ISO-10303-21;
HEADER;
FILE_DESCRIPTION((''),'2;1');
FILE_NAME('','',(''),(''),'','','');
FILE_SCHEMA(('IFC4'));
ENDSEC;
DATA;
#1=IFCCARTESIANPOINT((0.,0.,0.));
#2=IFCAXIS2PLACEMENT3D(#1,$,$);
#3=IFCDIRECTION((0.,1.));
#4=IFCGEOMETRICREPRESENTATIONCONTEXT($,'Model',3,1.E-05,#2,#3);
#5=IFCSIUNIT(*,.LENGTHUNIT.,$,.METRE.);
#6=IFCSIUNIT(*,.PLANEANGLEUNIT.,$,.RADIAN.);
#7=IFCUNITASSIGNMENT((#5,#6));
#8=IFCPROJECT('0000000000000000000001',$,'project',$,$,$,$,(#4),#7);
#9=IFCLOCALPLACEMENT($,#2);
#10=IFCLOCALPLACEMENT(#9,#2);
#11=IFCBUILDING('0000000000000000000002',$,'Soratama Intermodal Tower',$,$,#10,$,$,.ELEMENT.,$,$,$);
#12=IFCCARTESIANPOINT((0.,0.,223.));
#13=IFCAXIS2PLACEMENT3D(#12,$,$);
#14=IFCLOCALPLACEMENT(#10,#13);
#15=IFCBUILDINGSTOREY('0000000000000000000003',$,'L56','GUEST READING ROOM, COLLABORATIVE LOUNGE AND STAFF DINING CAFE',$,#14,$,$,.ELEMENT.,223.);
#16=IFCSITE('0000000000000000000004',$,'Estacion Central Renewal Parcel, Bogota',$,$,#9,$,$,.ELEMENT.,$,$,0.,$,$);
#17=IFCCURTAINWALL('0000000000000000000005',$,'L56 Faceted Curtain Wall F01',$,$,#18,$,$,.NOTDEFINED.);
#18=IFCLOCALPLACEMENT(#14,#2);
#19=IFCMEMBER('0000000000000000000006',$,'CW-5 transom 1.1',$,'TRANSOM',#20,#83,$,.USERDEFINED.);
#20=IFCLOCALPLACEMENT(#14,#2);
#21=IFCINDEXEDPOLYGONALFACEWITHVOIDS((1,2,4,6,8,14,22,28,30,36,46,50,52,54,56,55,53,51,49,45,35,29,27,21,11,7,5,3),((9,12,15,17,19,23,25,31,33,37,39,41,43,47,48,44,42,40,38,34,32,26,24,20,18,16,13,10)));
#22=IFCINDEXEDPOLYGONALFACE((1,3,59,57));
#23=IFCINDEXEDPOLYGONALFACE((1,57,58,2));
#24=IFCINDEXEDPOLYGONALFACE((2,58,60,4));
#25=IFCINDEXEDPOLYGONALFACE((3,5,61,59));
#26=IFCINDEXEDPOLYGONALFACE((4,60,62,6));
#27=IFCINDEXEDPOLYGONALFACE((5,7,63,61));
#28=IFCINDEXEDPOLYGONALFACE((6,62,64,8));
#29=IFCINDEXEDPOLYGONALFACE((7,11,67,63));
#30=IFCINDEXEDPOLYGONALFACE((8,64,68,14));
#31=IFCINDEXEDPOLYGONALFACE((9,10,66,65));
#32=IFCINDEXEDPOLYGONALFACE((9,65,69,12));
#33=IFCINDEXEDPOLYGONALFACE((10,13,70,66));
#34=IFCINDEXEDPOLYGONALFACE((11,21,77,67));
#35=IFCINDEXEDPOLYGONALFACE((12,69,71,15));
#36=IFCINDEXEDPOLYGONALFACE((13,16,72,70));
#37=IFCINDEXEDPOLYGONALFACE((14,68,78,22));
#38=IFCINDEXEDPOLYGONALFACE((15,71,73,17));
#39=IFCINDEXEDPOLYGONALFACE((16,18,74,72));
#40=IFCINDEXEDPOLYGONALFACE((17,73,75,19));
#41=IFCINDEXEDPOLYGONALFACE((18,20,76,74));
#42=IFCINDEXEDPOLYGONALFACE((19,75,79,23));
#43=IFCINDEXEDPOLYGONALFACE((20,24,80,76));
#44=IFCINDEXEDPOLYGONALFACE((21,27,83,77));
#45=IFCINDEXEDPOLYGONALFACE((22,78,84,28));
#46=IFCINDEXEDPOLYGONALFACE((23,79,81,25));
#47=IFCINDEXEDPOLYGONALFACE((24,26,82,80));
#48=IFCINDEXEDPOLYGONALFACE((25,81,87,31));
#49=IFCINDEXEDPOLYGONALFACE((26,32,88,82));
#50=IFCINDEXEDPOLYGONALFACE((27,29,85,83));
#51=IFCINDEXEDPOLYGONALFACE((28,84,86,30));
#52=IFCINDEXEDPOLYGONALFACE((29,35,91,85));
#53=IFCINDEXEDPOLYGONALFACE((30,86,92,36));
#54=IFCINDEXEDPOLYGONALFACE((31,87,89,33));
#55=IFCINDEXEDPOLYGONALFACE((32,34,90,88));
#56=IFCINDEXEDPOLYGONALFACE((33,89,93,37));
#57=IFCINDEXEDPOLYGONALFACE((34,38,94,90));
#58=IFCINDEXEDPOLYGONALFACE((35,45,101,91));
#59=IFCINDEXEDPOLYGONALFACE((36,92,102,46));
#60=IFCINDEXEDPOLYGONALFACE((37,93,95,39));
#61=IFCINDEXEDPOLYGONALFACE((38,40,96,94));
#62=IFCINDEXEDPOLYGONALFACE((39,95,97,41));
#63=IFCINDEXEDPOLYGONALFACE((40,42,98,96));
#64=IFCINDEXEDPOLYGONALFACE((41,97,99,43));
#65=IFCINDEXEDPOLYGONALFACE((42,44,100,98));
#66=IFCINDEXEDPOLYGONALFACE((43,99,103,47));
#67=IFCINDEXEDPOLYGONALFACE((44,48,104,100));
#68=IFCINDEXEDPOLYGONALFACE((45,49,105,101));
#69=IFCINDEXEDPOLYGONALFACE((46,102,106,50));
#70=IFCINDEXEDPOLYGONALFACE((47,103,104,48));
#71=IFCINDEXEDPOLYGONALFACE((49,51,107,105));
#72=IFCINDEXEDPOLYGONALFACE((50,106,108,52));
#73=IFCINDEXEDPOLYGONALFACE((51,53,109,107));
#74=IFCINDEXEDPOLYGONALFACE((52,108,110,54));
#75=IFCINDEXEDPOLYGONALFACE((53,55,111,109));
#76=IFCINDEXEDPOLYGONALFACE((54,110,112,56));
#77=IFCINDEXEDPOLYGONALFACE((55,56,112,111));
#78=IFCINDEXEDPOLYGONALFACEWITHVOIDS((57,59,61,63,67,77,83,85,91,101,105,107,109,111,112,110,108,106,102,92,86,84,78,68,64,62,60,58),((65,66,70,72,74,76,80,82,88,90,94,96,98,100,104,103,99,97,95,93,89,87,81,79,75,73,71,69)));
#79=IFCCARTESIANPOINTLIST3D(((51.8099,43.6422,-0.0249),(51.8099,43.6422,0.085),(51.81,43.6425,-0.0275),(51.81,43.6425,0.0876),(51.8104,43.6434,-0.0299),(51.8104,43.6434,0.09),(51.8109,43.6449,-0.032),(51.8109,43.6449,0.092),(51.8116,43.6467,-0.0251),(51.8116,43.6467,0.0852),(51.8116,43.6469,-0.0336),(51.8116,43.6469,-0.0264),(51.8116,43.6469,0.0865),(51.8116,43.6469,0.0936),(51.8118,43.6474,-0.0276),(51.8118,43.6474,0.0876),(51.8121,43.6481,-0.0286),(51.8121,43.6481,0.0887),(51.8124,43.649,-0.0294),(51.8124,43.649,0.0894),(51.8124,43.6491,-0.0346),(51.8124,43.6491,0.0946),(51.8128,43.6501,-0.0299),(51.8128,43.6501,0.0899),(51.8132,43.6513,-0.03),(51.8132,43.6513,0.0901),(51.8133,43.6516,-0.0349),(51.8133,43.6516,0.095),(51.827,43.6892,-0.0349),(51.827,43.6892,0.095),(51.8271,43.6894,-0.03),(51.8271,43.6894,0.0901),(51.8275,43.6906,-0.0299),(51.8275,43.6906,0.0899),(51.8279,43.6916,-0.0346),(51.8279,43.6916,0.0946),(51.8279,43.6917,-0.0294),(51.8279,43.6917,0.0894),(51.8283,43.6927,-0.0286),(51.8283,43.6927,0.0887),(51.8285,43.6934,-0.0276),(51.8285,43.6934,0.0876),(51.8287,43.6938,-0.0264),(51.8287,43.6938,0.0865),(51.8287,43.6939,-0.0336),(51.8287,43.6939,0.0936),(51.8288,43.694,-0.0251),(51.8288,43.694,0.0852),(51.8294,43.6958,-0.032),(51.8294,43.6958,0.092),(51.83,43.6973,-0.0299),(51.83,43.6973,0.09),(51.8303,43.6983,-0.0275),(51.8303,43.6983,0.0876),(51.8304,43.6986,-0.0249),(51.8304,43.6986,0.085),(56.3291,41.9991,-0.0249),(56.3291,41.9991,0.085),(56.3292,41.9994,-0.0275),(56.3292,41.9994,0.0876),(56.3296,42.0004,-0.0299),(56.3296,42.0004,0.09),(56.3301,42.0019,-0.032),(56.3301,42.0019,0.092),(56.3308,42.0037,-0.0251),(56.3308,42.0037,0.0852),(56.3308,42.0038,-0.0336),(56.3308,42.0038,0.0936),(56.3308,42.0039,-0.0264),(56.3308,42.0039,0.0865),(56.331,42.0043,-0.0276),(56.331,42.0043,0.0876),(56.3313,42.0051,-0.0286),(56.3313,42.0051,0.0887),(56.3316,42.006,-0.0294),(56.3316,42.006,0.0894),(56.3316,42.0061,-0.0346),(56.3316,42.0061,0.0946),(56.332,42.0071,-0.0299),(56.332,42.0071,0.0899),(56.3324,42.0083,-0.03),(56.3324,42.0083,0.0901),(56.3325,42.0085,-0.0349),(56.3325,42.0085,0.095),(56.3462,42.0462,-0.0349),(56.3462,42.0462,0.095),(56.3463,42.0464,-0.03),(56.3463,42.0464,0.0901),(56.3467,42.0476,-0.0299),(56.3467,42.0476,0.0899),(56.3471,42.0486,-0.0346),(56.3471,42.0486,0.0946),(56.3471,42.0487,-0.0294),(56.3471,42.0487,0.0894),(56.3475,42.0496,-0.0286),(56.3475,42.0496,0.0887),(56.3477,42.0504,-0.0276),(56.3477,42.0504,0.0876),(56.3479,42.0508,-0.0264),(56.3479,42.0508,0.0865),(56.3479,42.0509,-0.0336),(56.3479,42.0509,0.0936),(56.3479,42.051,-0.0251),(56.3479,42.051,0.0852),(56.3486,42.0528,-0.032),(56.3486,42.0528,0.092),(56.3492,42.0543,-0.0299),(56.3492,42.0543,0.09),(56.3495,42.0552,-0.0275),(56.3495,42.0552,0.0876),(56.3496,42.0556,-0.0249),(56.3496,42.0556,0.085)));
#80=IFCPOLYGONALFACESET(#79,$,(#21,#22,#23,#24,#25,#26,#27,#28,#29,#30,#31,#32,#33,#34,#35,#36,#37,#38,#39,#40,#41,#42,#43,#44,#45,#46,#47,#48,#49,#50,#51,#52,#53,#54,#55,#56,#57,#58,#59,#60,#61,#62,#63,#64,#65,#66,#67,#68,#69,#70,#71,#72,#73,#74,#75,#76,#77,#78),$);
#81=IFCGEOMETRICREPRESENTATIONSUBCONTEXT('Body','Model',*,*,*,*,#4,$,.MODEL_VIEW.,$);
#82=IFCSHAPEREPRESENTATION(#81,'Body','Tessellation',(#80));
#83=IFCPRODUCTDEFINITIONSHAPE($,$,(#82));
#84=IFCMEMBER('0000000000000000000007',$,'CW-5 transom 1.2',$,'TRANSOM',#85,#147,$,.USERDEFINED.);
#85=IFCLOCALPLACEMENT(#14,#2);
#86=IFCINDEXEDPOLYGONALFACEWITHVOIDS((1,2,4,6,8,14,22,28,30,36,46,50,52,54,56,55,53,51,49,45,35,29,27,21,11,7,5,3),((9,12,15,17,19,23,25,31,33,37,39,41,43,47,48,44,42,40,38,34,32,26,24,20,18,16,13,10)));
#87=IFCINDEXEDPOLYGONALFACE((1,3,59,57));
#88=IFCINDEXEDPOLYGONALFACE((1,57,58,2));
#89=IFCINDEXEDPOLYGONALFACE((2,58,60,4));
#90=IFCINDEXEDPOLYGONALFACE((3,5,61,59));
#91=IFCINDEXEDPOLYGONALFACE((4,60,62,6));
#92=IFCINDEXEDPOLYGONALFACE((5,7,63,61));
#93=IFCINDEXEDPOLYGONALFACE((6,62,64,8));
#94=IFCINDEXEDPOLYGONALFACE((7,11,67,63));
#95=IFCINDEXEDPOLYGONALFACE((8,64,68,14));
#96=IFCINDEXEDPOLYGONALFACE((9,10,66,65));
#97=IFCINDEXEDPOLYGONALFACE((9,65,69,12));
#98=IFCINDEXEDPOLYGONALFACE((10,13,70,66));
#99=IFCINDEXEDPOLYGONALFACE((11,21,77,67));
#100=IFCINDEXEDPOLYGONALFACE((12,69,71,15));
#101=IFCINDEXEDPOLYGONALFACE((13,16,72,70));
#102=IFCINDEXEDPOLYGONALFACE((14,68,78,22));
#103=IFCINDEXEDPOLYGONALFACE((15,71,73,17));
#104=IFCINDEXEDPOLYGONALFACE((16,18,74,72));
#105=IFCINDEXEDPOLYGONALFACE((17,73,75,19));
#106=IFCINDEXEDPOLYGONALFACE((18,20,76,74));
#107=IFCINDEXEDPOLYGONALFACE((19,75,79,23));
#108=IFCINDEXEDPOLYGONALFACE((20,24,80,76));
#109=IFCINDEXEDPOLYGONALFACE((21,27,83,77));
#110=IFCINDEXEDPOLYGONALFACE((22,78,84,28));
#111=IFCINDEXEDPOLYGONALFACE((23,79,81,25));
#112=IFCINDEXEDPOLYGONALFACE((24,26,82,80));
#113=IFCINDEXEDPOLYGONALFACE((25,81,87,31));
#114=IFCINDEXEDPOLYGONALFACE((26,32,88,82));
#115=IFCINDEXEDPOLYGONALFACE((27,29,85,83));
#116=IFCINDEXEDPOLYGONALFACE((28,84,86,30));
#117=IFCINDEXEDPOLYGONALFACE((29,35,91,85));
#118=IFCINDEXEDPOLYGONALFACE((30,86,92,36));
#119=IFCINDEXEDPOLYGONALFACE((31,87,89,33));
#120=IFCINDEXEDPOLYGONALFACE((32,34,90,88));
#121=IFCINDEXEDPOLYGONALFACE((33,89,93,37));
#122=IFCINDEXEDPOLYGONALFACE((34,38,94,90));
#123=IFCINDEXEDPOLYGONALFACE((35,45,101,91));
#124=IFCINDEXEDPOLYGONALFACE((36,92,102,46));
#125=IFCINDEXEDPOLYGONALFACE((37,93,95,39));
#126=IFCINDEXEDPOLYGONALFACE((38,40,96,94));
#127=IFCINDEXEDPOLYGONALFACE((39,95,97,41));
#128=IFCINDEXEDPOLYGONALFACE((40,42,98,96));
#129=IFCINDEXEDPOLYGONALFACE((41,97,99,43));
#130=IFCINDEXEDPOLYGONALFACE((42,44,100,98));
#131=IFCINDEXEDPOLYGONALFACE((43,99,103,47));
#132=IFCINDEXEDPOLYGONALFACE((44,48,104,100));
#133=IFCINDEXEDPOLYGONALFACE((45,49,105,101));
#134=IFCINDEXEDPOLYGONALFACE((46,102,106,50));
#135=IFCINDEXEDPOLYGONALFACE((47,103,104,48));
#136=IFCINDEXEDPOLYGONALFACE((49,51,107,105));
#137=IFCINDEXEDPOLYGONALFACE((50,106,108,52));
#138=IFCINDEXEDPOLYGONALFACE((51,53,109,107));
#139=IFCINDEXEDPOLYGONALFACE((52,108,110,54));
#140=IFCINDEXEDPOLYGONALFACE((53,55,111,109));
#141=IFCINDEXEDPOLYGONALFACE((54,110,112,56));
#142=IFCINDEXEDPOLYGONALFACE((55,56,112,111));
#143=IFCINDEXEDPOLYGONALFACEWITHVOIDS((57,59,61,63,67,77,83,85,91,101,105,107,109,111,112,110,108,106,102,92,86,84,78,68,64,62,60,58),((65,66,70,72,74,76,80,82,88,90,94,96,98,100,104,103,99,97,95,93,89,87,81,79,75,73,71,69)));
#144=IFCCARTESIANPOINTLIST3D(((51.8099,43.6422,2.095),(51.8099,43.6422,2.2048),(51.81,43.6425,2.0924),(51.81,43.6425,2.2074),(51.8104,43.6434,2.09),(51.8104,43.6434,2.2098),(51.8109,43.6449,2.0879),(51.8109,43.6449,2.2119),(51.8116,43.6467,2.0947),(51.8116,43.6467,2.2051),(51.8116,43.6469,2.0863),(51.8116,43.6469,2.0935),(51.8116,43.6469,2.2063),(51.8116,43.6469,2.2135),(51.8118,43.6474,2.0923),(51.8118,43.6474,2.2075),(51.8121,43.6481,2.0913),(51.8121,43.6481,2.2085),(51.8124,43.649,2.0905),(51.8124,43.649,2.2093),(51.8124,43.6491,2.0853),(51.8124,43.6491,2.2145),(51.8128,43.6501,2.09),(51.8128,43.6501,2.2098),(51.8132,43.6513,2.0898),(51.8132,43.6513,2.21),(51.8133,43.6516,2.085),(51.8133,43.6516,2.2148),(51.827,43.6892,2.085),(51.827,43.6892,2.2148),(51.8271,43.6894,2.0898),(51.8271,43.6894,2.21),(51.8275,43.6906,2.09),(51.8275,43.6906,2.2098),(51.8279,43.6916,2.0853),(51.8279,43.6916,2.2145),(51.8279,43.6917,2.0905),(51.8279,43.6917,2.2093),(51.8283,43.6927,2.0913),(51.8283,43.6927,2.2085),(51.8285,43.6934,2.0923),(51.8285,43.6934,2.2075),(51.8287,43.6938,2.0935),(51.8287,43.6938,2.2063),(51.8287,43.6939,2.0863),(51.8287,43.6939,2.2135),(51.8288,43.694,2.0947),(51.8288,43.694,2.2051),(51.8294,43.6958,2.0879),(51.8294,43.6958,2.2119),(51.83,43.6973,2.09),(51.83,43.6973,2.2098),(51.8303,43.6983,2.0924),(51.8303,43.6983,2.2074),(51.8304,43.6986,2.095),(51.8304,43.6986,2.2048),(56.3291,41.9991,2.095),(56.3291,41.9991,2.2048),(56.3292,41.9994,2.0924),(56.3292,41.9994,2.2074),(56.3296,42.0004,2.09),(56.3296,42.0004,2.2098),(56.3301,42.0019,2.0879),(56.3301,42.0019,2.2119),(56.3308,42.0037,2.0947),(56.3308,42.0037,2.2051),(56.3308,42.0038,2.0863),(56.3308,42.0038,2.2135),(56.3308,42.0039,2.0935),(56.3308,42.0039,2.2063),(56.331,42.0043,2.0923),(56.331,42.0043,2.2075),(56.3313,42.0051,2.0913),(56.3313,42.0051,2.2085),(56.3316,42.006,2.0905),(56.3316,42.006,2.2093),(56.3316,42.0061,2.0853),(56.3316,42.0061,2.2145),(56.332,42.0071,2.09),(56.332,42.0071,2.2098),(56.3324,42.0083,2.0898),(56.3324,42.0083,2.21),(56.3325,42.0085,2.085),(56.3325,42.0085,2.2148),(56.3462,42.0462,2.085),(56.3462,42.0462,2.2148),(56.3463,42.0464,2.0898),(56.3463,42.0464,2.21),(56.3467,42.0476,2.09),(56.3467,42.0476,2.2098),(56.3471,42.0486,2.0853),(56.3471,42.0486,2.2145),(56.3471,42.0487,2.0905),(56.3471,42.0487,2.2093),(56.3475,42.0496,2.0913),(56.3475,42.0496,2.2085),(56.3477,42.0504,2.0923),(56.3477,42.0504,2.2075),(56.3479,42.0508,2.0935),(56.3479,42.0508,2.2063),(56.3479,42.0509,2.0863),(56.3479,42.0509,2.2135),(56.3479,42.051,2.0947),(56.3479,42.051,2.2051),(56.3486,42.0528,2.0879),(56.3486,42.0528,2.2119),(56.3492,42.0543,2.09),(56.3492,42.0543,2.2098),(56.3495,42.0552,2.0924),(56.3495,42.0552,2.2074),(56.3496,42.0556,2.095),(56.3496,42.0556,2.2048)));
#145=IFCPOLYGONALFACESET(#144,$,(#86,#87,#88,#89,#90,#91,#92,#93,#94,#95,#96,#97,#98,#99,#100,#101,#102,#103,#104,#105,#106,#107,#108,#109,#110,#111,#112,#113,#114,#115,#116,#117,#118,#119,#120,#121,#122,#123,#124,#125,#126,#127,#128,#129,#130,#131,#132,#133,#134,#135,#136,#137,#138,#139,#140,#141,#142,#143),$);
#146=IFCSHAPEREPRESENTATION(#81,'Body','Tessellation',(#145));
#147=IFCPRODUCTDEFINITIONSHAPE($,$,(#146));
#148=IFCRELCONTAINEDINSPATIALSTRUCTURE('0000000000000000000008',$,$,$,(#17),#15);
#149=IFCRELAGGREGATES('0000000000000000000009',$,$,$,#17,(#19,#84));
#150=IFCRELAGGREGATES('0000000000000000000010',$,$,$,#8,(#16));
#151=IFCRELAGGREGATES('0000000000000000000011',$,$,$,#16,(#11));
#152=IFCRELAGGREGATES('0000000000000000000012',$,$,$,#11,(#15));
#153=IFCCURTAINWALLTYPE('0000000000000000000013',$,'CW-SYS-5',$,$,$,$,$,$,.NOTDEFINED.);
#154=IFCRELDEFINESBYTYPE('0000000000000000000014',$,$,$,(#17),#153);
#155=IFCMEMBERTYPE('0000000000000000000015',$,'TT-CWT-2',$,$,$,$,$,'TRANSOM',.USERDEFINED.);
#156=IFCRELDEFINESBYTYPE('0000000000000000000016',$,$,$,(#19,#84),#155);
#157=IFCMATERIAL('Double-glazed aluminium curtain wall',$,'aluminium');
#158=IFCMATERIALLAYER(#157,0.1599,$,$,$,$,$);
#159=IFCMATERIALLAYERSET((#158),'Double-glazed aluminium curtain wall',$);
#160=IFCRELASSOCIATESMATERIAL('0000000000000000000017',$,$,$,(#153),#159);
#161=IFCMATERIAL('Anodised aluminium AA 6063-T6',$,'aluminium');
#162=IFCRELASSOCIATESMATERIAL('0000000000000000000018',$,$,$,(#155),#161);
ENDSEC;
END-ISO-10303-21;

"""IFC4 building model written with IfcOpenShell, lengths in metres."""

from ifc_helpers import new_model, si_unit, direction, frame, origin, origin_2d, place, context, subcontext, project, spatial, hollow_rectangle, extrude, material, layer, layer_set, material_profile, profile_set, type_object, element, aggregate, save


model = new_model("IFC4")

# Units and contexts
model_context = context("Model", 3, precision=1e-05, world=origin(), true_north=direction((0.0, 1.0)))
body_context = subcontext(model_context, "Body", "Model", "MODEL_VIEW")
ifc_project = project(units=[si_unit("LENGTHUNIT", "METRE"), si_unit("PLANEANGLEUNIT", "RADIAN")], contexts=[model_context])

# Site, building, storey
site_placement = place(None, origin())
site = spatial("IfcSite", under=ifc_project, at=site_placement, Name="Estacion Central Renewal Parcel, Bogota", CompositionType="ELEMENT", RefElevation=0.0)
building_placement = place(site_placement, origin())
building = spatial("IfcBuilding", under=site, at=building_placement, Name="Soratama Intermodal Tower", CompositionType="ELEMENT")
storey_placement = place(building_placement, frame((0.0, 0.0, 223.0)))
storey = spatial("IfcBuildingStorey", under=building, at=storey_placement, Name="L56", Description="GUEST READING ROOM, COLLABORATIVE LOUNGE AND STAFF DINING CAFE", CompositionType="ELEMENT", Elevation=223.0)

# Curtain wall
ifc_material_1 = material(Name="Double-glazed aluminium curtain wall", Category="aluminium")
ifc_layer_1 = layer(ifc_material_1, 0.1599)
ifc_layer_set_1 = layer_set([ifc_layer_1], Name="Double-glazed aluminium curtain wall")
curtain_wall_type = type_object("IfcCurtainWallType", Name="CW-SYS-5", PredefinedType="NOTDEFINED", material=ifc_layer_set_1)
curtain_wall_1_placement = place(storey_placement, origin())
curtain_wall_1 = element("IfcCurtainWall", 1, at=curtain_wall_1_placement, inside=storey, type_object=curtain_wall_type, Name="L56 Faceted Curtain Wall F01", PredefinedType="NOTDEFINED")

# Members
ifc_material_2 = material(Name="Anodised aluminium AA 6063-T6", Category="aluminium")
ifc_material_profile_1 = material_profile(ifc_material_2, hollow_rectangle(XDim=0.0601, YDim=0.1299, WallThickness=0.0049, InnerFilletRadius=0.0049, OuterFilletRadius=0.01, at=origin_2d()), Name="CWT130X60X5")
ifc_profile_set_1 = profile_set([ifc_material_profile_1], Name="Anodised aluminium AA 6063-T6")
member_type_1 = type_object("IfcMemberType", Name="TT-CWT-2", ElementType="TRANSOM", PredefinedType="USERDEFINED", material=ifc_profile_set_1)
member_1_placement = place(storey_placement, frame((56.3394, 42.0273, 0.03), z_axis=(-0.939814, 0.341686, 0.0), x_axis=(-0.341686, -0.939814, 0.0)))
member_1 = element("IfcMember", 2, at=member_1_placement, type_object=member_type_1, Name="CW-5 transom 1.1", ObjectType="TRANSOM", PredefinedType="USERDEFINED", context=body_context, shape_type="SweptSolid", body=[
    extrude(hollow_rectangle(XDim=0.0601, YDim=0.1299, WallThickness=0.0049, InnerFilletRadius=0.0049, OuterFilletRadius=0.01, at=origin_2d()), origin(), (0.0, 0.0, 1.0), 4.8086),
])
member_2_placement = place(storey_placement, frame((56.3394, 42.0273, 2.1499), z_axis=(-0.939814, 0.341686, 0.0), x_axis=(-0.341686, -0.939814, 0.0)))
member_2 = element("IfcMember", 3, at=member_2_placement, type_object=member_type_1, Name="CW-5 transom 1.2", ObjectType="TRANSOM", PredefinedType="USERDEFINED", context=body_context, shape_type="SweptSolid", body=[
    extrude(hollow_rectangle(XDim=0.0601, YDim=0.1299, WallThickness=0.0049, InnerFilletRadius=0.0049, OuterFilletRadius=0.01, at=origin_2d()), origin(), (0.0, 0.0, 1.0), 4.8086),
])

aggregate(curtain_wall_1, [member_1, member_2])

save(model, "model.ifc")
